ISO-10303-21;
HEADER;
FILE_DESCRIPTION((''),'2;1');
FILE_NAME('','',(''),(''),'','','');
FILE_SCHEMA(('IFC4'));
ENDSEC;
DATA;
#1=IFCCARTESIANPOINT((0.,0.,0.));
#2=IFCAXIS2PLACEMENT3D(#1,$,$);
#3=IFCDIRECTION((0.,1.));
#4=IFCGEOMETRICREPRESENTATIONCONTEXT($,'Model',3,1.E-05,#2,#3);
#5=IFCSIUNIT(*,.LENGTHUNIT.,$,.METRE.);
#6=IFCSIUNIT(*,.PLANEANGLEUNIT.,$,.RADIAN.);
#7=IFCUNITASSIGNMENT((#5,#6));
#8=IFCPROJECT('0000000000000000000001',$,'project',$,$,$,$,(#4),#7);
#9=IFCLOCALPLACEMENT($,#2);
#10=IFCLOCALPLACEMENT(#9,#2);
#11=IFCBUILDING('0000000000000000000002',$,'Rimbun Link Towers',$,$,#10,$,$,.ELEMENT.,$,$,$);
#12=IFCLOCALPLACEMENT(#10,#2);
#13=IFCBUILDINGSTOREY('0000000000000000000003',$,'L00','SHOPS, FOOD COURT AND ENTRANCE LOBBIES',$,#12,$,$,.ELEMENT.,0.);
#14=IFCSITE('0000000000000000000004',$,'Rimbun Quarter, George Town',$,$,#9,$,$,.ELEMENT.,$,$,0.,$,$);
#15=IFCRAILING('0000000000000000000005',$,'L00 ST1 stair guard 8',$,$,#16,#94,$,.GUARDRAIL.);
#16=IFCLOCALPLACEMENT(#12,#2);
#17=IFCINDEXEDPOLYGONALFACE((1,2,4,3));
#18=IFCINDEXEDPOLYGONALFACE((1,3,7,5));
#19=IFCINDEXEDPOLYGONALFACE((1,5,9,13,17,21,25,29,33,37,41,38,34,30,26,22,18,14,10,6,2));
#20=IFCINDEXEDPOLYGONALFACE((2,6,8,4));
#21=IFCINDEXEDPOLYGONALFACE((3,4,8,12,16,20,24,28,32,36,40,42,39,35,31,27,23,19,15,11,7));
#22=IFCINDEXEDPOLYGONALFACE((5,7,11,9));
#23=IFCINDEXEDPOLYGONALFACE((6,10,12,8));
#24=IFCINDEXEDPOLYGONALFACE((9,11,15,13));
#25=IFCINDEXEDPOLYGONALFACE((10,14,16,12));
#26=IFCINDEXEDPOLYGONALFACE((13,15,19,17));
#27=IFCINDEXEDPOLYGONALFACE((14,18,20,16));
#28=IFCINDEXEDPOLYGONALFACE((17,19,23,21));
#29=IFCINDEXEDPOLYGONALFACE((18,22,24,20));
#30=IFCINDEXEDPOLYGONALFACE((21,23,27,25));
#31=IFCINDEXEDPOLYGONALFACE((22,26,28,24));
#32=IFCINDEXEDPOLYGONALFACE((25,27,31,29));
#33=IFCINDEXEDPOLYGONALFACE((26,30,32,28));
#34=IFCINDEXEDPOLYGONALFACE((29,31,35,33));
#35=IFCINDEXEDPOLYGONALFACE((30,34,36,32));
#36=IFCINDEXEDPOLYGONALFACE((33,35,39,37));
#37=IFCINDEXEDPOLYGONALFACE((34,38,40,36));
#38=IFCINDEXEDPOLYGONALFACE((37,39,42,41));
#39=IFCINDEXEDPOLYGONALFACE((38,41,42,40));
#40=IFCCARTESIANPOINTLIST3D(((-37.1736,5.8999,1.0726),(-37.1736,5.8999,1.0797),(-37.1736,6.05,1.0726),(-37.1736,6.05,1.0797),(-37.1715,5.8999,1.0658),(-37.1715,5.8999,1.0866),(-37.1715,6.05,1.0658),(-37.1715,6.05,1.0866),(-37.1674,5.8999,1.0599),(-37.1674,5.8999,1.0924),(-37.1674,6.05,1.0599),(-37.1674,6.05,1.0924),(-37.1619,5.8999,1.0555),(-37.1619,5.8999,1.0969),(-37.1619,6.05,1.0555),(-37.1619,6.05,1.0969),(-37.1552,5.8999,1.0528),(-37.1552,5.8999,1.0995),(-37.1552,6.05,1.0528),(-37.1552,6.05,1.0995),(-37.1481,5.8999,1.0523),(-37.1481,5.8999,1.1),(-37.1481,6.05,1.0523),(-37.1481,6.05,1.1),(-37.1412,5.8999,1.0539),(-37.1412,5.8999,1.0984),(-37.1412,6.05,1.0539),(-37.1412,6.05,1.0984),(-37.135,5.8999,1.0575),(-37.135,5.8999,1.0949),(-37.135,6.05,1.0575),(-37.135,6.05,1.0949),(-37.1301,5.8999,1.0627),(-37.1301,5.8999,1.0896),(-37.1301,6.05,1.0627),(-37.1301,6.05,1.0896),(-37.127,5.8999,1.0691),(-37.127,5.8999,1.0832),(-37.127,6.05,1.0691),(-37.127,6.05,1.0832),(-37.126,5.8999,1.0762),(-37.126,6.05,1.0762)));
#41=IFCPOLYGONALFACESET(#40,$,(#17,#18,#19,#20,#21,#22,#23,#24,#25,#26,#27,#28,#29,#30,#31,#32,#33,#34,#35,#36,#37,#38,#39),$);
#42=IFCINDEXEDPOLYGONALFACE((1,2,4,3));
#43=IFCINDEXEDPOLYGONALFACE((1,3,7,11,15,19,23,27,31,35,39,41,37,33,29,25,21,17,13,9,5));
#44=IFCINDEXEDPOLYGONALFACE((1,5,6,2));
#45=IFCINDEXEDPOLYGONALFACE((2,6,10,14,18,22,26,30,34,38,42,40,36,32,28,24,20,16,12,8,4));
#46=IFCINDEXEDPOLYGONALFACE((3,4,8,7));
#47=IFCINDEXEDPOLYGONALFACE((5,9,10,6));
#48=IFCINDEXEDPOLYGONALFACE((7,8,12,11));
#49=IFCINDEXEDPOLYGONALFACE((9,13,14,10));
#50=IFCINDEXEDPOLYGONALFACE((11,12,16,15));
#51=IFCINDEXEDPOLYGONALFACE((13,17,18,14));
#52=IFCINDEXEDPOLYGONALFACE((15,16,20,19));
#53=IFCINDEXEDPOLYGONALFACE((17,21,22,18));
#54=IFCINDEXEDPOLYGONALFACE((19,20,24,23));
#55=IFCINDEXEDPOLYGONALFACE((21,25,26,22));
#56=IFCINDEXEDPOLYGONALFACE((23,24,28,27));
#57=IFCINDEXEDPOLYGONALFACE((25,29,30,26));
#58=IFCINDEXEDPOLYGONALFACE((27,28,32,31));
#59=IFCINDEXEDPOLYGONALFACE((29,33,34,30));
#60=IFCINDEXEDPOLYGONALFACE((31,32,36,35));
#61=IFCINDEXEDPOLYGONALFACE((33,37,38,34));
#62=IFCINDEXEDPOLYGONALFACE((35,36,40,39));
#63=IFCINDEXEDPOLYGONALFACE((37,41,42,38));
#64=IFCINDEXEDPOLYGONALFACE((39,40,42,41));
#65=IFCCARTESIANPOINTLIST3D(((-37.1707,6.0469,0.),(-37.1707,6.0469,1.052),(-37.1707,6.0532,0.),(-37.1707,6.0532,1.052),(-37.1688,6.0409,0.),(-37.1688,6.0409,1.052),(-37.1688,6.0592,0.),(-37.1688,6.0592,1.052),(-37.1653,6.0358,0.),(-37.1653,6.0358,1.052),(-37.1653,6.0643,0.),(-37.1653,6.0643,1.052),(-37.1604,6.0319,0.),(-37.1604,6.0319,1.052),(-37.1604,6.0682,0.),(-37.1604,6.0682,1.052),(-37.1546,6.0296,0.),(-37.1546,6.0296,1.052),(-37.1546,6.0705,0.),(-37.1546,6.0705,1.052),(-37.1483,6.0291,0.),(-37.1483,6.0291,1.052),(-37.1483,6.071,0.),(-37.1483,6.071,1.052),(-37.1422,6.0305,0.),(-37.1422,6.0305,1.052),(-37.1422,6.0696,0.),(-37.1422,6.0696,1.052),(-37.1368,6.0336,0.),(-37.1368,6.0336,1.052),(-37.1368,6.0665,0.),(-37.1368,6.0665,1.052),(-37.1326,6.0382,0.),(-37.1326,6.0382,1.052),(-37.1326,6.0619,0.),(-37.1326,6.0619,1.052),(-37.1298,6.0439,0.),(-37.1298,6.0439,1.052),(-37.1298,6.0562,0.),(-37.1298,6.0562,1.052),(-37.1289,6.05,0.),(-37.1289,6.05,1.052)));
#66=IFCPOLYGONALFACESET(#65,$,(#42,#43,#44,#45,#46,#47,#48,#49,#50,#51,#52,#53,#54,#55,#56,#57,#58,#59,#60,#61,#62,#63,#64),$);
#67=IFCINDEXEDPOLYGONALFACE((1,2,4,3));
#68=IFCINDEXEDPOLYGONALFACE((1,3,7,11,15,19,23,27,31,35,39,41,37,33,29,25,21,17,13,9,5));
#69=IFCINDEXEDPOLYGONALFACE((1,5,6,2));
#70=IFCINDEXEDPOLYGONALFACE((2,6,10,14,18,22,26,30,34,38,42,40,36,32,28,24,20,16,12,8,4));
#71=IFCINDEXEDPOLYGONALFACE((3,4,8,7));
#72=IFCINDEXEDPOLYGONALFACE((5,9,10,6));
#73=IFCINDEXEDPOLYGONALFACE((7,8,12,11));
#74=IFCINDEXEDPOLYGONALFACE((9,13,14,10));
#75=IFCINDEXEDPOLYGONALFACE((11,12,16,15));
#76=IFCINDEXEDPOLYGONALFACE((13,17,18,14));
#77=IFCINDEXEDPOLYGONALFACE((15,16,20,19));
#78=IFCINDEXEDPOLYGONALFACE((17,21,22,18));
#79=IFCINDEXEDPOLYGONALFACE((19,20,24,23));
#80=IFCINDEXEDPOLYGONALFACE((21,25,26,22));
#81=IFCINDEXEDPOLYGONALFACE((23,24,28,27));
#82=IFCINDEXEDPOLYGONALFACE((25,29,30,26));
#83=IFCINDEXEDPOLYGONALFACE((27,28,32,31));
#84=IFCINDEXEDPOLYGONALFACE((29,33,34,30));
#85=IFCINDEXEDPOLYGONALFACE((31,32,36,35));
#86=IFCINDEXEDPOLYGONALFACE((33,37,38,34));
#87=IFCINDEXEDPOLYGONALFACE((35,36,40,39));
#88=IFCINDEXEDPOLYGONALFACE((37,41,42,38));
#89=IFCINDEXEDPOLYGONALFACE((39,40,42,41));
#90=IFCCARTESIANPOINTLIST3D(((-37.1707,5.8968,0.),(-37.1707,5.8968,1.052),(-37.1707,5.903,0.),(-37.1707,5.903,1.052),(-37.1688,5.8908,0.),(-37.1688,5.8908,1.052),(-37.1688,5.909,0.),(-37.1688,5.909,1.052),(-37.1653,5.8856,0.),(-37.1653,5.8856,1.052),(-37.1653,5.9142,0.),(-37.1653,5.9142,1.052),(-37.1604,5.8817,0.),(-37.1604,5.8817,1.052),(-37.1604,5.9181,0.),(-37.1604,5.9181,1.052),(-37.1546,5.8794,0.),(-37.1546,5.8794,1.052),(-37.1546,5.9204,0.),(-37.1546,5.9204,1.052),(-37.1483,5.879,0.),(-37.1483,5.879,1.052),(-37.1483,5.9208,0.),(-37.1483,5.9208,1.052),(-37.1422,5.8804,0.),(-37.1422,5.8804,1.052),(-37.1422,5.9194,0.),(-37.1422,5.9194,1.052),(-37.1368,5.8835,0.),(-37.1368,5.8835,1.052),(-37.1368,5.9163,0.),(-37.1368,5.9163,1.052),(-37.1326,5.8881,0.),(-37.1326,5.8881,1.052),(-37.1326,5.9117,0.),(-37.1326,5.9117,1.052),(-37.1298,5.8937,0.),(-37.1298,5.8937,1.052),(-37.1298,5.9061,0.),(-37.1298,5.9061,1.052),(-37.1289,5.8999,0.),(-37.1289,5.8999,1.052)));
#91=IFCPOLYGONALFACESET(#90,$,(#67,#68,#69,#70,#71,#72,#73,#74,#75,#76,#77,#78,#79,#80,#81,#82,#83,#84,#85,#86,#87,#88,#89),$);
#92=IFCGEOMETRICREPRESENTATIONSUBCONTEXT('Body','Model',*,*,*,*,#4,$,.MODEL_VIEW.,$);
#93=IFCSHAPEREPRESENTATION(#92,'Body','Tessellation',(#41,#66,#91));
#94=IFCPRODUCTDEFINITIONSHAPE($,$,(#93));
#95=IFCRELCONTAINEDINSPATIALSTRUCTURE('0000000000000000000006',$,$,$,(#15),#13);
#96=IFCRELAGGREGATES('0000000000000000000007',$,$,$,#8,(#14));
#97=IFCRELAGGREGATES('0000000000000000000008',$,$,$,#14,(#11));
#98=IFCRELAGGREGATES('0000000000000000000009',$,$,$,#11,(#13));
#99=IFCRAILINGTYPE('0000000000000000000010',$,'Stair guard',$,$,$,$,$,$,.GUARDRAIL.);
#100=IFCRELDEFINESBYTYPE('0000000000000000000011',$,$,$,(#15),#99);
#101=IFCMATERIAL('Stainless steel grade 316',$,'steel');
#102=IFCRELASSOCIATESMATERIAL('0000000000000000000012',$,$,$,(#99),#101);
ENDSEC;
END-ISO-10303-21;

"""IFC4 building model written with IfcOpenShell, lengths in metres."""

from ifc_helpers import new_model, si_unit, direction, frame, origin, origin_2d, place, context, subcontext, project, spatial, circle, extrude, material, type_object, element, save


model = new_model("IFC4")

# Units and contexts
model_context = context("Model", 3, precision=1e-05, world=origin(), true_north=direction((0.0, 1.0)))
body_context = subcontext(model_context, "Body", "Model", "MODEL_VIEW")
ifc_project = project(units=[si_unit("LENGTHUNIT", "METRE"), si_unit("PLANEANGLEUNIT", "RADIAN")], contexts=[model_context])

# Site, building, storey
site_placement = place(None, origin())
site = spatial("IfcSite", under=ifc_project, at=site_placement, Name="Rimbun Quarter, George Town", CompositionType="ELEMENT", RefElevation=0.0)
building_placement = place(site_placement, origin())
building = spatial("IfcBuilding", under=site, at=building_placement, Name="Rimbun Link Towers", CompositionType="ELEMENT")
storey_placement = place(building_placement, origin())
storey = spatial("IfcBuildingStorey", under=building, at=storey_placement, Name="L00", Description="SHOPS, FOOD COURT AND ENTRANCE LOBBIES", CompositionType="ELEMENT", Elevation=0.0)

# Railing
ifc_material_1 = material(Name="Stainless steel grade 316", Category="steel")
railing_type_1 = type_object("IfcRailingType", Name="Stair guard", PredefinedType="GUARDRAIL", material=ifc_material_1)
railing_1_placement = place(storey_placement, frame((-37.1499, 6.05, 0.0)))
element("IfcRailing", 1, at=railing_1_placement, inside=storey, type_object=railing_type_1, Name="L00 ST1 stair guard 8", PredefinedType="GUARDRAIL", context=body_context, shape_type="SweptSolid", body=[
    extrude(circle(Radius=0.0239, at=origin_2d()), frame((0.0, 0.0, 1.0762), z_axis=(0.0, -1.0, 0.0), x_axis=(1.0, 0.0, 0.0)), (0.0, 0.0, 1.0), 0.1501),
    extrude(circle(Radius=0.021, at=origin_2d()), origin(), (0.0, 0.0, 1.0), 1.052),
    extrude(circle(Radius=0.021, at=origin_2d()), frame((0.0, -0.1501, 0.0)), (0.0, 0.0, 1.0), 1.052),
])

save(model, "model.ifc")
